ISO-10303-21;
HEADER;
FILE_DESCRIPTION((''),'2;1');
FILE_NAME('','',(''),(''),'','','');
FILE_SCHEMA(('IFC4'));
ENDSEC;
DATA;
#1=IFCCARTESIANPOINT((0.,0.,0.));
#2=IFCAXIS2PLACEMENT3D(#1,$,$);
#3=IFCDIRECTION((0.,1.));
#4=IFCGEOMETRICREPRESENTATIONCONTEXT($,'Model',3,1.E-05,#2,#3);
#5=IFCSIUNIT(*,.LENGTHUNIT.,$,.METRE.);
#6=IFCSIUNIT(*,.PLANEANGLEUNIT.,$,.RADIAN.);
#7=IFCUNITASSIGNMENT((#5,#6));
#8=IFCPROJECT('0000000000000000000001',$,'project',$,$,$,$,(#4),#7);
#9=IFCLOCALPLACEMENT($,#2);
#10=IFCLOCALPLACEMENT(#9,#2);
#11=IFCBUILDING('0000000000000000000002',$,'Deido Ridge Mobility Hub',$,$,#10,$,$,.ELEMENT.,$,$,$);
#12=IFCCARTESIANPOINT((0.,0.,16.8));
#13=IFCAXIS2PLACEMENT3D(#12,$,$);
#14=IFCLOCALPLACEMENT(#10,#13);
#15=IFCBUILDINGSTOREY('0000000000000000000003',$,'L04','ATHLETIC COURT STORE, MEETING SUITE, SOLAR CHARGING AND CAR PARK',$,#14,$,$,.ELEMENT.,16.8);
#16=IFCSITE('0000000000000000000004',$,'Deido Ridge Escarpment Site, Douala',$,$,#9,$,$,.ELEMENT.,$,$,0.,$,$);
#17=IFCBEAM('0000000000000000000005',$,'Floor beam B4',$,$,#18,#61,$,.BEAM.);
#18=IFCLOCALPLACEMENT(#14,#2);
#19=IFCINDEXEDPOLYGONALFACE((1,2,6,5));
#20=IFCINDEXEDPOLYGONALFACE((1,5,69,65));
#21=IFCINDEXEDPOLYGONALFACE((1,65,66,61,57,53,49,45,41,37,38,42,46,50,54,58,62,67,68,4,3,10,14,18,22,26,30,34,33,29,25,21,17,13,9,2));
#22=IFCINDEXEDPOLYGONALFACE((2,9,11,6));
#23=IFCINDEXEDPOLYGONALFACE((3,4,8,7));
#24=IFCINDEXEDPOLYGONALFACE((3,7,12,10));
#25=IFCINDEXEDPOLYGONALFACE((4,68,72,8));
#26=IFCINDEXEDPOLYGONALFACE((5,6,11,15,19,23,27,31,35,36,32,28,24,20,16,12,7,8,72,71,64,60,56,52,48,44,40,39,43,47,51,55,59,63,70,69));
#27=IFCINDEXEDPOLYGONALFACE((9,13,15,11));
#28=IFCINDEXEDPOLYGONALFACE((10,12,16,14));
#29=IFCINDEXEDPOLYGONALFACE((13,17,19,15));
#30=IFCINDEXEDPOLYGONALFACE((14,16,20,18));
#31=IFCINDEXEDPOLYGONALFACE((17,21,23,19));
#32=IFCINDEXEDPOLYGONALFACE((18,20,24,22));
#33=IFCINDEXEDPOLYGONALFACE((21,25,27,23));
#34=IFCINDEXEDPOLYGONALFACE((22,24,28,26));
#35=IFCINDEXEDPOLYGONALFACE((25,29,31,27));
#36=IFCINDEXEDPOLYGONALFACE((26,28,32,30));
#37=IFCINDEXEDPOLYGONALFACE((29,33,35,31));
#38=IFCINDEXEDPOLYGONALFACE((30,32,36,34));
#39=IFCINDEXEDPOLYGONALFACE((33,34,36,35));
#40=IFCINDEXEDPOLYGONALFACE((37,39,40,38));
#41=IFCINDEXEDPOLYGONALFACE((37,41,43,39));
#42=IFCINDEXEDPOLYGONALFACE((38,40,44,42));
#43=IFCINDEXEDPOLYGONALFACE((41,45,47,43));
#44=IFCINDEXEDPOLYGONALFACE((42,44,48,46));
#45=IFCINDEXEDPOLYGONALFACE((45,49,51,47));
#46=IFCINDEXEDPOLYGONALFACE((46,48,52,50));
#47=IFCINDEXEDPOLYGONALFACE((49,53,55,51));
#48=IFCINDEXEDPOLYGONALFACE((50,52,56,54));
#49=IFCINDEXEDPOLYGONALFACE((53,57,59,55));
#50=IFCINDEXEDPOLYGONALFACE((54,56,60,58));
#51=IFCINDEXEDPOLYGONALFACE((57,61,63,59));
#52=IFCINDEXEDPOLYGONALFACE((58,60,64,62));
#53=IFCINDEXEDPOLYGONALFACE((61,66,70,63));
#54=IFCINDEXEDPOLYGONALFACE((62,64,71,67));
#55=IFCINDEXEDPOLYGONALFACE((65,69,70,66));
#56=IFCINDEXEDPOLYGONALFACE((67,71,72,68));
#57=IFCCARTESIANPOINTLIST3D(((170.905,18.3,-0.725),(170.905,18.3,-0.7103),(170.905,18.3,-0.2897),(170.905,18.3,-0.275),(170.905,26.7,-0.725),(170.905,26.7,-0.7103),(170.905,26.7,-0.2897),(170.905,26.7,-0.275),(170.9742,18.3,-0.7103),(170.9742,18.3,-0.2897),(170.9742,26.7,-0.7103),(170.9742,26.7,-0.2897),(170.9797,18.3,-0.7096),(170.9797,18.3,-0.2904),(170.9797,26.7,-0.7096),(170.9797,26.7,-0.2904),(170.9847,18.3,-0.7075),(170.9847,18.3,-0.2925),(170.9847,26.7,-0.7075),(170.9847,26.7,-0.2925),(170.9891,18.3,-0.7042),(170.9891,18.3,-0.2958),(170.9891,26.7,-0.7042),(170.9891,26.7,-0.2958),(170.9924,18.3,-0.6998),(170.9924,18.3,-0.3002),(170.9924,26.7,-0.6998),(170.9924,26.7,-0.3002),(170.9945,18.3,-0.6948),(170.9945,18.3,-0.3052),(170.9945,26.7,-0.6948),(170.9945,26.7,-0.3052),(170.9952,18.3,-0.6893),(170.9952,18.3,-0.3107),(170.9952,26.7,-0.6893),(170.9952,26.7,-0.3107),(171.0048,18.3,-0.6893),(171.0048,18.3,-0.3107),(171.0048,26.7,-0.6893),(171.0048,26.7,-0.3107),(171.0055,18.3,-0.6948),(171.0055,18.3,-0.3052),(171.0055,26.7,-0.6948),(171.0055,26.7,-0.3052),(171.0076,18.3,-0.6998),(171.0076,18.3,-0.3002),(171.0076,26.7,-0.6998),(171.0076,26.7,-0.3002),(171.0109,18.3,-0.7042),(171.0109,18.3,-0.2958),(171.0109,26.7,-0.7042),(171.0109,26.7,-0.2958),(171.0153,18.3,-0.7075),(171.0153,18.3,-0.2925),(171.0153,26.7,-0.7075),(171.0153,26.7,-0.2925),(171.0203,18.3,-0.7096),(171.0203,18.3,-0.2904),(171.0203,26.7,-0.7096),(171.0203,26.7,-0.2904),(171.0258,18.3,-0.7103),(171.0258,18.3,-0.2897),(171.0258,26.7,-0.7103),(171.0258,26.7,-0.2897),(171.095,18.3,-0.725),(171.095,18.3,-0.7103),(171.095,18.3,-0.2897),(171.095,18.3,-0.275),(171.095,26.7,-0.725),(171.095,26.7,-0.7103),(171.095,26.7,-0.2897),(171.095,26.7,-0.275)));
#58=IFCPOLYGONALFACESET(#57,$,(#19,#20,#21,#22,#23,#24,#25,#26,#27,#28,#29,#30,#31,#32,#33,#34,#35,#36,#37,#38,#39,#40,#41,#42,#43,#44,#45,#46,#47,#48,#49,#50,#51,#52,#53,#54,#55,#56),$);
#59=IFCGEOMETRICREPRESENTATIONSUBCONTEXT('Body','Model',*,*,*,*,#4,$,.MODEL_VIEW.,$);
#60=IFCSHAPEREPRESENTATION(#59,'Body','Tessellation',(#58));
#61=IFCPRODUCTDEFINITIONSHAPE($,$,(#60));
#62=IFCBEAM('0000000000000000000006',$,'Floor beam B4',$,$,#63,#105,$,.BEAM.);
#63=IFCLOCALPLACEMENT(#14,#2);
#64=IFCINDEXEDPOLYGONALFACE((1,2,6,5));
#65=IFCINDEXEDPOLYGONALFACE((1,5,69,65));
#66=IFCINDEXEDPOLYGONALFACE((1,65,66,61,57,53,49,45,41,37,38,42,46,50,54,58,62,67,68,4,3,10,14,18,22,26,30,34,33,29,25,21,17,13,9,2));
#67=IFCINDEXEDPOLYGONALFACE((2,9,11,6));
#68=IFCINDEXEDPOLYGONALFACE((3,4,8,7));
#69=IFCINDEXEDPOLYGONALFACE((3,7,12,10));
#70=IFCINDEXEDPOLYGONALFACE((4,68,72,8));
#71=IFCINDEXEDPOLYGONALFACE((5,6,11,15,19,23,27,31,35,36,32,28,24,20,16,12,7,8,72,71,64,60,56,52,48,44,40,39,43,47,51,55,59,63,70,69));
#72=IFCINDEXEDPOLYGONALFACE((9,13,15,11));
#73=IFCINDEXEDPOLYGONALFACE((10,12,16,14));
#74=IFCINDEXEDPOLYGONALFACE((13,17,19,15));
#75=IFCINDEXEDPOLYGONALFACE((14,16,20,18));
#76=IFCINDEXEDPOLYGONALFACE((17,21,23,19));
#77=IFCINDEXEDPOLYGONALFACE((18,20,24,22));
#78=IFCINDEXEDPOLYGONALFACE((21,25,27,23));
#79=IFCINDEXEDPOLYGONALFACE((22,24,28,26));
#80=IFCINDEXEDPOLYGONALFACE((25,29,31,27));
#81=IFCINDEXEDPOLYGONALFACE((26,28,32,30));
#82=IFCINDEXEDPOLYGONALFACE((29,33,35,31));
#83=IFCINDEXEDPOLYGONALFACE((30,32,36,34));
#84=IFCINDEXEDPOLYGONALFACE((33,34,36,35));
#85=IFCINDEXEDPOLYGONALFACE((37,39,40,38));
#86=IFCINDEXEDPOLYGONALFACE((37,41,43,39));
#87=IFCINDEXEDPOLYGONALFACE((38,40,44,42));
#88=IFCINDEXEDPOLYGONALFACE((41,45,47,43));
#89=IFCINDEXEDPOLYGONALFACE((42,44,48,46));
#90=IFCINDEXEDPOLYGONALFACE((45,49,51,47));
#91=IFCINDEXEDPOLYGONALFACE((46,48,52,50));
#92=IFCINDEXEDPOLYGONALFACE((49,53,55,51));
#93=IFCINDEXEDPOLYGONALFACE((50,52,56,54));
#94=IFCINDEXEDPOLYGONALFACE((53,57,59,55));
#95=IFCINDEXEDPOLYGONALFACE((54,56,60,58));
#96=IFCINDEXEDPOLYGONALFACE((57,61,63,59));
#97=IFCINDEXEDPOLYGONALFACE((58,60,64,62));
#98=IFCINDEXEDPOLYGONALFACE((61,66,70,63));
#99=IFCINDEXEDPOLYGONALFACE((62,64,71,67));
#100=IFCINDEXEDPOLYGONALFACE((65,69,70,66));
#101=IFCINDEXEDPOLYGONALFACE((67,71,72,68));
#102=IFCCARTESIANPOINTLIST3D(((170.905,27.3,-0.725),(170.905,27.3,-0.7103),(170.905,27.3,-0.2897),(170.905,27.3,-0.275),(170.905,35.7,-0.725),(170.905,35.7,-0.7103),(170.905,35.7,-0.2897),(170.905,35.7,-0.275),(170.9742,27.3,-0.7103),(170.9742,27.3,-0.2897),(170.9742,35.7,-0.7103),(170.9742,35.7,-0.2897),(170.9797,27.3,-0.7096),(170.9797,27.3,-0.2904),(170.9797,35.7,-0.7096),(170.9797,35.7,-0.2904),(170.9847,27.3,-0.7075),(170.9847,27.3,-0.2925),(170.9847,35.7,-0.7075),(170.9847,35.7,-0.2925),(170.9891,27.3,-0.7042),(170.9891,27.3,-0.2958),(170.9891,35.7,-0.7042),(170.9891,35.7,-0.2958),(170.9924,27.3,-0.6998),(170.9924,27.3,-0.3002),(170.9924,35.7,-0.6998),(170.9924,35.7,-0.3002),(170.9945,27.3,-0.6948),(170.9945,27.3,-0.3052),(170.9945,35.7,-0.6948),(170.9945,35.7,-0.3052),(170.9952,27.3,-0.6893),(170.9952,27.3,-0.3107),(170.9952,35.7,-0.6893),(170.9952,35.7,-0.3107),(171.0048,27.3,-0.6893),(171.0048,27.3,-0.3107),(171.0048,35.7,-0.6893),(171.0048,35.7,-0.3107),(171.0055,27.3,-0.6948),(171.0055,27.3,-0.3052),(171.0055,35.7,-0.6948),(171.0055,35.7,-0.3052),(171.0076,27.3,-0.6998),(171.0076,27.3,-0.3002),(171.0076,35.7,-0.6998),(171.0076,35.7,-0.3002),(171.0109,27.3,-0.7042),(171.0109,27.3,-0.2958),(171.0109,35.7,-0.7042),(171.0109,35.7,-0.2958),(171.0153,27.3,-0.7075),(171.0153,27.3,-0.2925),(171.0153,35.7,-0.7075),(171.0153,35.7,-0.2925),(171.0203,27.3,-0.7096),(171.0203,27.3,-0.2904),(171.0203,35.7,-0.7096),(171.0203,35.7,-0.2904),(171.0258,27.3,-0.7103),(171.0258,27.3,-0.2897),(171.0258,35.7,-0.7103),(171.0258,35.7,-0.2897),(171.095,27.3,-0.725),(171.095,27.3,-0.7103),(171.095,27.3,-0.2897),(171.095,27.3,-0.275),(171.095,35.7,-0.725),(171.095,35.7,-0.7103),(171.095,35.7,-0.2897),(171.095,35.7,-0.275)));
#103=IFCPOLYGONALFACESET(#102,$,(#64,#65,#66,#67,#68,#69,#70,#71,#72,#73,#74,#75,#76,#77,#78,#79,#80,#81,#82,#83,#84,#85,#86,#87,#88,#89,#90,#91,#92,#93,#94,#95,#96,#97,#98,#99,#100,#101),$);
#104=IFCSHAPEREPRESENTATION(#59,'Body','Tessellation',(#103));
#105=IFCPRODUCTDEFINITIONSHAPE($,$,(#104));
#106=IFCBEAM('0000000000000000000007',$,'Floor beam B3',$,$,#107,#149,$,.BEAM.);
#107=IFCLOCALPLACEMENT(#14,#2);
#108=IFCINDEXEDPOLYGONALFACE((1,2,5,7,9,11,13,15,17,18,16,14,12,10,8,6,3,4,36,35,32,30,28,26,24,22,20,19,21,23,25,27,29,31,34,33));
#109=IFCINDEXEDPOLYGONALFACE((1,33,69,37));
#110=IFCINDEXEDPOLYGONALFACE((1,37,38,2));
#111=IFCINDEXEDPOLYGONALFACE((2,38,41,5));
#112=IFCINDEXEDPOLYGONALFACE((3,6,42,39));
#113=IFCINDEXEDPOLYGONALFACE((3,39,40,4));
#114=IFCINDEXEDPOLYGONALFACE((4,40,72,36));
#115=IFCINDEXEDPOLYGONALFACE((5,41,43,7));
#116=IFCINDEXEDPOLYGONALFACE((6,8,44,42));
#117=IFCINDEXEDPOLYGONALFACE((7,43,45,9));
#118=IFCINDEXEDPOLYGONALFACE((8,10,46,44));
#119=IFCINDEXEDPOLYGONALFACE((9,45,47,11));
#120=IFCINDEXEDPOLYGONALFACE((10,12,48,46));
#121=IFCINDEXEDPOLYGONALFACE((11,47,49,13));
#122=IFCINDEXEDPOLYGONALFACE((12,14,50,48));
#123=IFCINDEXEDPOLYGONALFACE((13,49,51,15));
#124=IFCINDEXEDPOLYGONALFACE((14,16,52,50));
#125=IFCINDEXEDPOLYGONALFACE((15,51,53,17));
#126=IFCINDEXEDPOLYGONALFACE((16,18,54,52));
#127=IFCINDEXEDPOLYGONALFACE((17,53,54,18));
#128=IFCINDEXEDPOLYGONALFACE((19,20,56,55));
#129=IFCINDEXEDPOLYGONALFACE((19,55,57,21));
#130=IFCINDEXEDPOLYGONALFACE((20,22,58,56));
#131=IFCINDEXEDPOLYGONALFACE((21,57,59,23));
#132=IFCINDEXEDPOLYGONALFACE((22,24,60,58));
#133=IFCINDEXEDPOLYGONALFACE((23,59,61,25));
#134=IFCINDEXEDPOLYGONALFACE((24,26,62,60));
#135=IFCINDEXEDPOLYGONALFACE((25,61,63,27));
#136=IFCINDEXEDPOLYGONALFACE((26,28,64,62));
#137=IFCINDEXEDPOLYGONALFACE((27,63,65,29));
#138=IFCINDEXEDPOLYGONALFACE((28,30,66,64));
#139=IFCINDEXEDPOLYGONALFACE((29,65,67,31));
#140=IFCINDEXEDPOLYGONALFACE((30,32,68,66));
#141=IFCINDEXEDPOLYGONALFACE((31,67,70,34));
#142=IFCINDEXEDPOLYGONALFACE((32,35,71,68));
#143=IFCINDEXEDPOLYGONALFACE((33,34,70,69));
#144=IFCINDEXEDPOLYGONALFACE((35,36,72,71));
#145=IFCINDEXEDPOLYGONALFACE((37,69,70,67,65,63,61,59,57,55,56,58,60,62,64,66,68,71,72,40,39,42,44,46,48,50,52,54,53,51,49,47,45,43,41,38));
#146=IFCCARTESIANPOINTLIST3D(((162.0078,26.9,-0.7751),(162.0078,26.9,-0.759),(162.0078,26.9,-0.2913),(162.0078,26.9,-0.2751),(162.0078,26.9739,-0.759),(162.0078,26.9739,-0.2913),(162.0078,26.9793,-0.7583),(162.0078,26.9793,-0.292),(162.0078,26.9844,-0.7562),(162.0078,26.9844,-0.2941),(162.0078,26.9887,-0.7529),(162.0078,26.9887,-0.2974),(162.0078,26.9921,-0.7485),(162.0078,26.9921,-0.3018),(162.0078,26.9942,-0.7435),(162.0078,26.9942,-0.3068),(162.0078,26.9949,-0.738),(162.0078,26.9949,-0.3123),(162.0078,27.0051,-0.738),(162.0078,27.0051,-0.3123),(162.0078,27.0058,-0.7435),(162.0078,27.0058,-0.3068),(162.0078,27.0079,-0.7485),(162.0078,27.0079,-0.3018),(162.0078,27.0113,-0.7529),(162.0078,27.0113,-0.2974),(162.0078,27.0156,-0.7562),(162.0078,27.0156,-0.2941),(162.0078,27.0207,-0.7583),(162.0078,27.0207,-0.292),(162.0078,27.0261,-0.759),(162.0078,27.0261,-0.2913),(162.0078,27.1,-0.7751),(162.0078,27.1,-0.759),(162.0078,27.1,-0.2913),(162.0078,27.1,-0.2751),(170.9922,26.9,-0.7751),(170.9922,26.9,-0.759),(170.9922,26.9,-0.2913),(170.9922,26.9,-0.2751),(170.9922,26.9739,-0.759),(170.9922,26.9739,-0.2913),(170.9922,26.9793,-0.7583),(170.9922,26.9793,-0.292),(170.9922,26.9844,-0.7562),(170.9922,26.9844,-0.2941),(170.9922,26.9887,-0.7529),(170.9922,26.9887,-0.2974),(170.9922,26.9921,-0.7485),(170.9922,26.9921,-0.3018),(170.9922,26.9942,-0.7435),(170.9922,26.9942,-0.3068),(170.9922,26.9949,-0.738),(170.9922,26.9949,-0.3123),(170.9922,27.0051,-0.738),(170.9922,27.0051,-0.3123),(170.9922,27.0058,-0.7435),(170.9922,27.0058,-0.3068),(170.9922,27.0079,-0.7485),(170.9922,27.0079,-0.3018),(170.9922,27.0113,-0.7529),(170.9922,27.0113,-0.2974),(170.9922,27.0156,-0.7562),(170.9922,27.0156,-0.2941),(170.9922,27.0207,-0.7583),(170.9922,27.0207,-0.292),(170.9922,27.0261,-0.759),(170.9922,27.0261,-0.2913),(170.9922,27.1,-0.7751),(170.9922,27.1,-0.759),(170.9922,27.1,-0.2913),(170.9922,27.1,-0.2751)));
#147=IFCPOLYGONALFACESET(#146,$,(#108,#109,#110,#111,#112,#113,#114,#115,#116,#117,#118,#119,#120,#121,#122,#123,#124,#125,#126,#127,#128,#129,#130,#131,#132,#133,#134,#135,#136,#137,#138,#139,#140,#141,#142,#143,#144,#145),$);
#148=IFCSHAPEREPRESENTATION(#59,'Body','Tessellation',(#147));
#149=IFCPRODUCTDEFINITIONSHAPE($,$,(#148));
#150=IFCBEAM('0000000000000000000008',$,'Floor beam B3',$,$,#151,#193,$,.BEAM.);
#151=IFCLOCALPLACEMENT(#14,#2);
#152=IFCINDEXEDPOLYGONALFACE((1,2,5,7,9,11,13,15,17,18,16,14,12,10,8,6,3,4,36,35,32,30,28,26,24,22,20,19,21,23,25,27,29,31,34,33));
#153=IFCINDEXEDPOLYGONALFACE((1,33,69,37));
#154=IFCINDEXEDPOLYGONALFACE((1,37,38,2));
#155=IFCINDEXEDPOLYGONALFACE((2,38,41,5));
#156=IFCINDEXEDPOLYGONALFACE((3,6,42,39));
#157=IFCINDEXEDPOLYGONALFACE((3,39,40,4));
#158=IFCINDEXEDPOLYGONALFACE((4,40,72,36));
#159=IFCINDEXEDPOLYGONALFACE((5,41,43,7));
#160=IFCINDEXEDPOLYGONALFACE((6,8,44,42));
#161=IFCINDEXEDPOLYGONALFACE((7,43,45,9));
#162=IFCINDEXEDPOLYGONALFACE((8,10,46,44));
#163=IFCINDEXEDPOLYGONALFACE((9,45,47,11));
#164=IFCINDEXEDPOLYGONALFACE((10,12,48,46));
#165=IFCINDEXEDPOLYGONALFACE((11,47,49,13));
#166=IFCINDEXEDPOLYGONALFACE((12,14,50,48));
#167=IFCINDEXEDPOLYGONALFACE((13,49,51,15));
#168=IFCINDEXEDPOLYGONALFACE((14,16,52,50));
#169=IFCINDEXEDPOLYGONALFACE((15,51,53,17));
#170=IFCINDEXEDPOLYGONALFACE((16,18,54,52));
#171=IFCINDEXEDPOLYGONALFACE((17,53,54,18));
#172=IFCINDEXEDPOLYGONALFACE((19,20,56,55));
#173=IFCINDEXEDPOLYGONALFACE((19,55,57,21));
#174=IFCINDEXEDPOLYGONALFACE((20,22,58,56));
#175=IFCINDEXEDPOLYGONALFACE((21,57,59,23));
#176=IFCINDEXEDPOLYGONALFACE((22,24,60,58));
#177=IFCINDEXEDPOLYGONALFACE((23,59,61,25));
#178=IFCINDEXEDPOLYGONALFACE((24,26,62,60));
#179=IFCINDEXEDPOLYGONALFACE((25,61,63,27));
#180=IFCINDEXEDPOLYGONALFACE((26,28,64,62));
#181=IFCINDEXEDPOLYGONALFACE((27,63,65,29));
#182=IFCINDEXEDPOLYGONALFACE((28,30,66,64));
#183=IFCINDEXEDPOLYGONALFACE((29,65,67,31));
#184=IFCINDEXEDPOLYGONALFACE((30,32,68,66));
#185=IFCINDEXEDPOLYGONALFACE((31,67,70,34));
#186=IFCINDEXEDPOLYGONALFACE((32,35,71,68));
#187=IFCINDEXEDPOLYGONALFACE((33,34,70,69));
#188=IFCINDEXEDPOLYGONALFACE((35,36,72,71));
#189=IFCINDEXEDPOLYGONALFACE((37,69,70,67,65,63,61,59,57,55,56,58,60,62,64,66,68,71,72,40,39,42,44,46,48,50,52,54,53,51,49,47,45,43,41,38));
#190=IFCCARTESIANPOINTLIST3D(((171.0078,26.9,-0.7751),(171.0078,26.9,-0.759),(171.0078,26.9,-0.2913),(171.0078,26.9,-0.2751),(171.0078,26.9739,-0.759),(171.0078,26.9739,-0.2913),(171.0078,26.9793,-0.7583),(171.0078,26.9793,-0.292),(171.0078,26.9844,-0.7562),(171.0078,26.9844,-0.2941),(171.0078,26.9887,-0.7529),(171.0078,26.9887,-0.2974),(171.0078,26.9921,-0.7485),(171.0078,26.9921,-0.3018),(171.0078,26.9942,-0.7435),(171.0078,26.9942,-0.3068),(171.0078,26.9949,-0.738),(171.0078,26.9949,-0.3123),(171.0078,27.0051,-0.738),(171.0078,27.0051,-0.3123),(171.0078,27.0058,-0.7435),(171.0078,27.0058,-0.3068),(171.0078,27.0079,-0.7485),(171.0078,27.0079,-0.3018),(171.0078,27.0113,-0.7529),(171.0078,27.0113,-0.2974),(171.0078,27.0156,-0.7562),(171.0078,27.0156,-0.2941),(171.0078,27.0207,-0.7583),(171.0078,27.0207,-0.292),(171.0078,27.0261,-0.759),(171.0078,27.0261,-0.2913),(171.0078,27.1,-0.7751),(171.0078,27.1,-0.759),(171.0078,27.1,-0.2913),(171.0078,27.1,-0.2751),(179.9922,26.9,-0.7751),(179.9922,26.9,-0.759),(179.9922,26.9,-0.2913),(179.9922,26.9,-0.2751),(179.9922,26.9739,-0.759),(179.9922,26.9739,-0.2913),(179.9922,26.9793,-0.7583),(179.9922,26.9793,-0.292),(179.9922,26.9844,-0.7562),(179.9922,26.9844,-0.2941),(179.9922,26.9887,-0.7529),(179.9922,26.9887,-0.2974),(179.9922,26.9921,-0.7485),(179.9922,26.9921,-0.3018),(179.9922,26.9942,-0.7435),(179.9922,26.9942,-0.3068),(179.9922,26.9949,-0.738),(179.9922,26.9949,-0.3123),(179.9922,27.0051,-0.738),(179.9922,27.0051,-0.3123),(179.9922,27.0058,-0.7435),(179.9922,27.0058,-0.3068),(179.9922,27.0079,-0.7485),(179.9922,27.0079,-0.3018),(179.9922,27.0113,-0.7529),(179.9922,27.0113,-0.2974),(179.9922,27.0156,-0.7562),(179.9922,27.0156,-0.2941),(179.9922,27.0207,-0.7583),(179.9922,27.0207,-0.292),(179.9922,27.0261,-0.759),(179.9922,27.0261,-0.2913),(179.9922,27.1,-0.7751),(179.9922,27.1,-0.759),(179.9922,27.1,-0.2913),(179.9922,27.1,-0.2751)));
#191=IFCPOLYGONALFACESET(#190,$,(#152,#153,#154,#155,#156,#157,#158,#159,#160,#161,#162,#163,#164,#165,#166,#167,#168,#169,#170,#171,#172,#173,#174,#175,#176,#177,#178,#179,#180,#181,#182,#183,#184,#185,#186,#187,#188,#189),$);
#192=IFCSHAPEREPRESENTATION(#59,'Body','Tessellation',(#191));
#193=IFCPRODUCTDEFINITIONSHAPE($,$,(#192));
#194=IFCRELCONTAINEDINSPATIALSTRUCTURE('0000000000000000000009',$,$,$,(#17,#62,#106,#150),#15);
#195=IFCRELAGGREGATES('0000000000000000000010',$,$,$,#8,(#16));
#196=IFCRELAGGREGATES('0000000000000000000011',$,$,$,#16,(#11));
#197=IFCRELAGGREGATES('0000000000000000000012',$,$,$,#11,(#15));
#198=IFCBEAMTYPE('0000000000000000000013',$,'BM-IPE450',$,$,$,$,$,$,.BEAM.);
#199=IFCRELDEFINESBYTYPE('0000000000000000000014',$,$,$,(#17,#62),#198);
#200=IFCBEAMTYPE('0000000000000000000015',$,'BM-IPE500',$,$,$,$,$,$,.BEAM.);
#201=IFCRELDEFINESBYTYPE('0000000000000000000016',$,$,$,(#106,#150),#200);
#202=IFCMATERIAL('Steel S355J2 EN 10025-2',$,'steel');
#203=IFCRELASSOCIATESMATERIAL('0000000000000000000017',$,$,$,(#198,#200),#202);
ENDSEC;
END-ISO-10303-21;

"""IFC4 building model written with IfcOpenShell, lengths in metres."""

from ifc_helpers import new_model, si_unit, direction, frame, origin, origin_2d, place, context, subcontext, project, spatial, i_section, extrude, material, material_profile, profile_set, type_object, element, save


model = new_model("IFC4")

# Units and contexts
model_context = context("Model", 3, precision=1e-05, world=origin(), true_north=direction((0.0, 1.0)))
body_context = subcontext(model_context, "Body", "Model", "MODEL_VIEW")
ifc_project = project(units=[si_unit("LENGTHUNIT", "METRE"), si_unit("PLANEANGLEUNIT", "RADIAN")], contexts=[model_context])

# Site, building, storey
site_placement = place(None, origin())
site = spatial("IfcSite", under=ifc_project, at=site_placement, Name="Deido Ridge Escarpment Site, Douala", CompositionType="ELEMENT", RefElevation=0.0)
building_placement = place(site_placement, origin())
building = spatial("IfcBuilding", under=site, at=building_placement, Name="Deido Ridge Mobility Hub", CompositionType="ELEMENT")
storey_placement = place(building_placement, frame((0.0, 0.0, 16.8)))
storey = spatial("IfcBuildingStorey", under=building, at=storey_placement, Name="L04", Description="ATHLETIC COURT STORE, MEETING SUITE, SOLAR CHARGING AND CAR PARK", CompositionType="ELEMENT", Elevation=16.8)

# Shared definitions
ifc_material_1 = material(Name="Steel S355J2 EN 10025-2", Category="steel")

# Beams
ifc_material_profile_1 = material_profile(ifc_material_1, i_section(OverallWidth=0.1899, OverallDepth=0.45, WebThickness=0.0095, FlangeThickness=0.0146, FilletRadius=0.021, at=origin_2d()), Name="IPE 450")
ifc_profile_set_1 = profile_set([ifc_material_profile_1], Name="Steel S355J2 EN 10025-2")
beam_type_1 = type_object("IfcBeamType", Name="BM-IPE450", PredefinedType="BEAM", material=ifc_profile_set_1)
for number, where, z_axis, x_axis, name in (
    (1, (171.0, 18.3, -0.5), (0.0, 1.0, 0.0), (-1.0, 0.0, 0.0), "Floor beam B4"),
    (2, (171.0, 27.3, -0.5), (0.0, 1.0, 0.0), (-1.0, 0.0, 0.0), "Floor beam B4"),
):
    element("IfcBeam", number, at=place(storey_placement, frame(where, z_axis=z_axis, x_axis=x_axis)), inside=storey, type_object=beam_type_1, Name=name, PredefinedType="BEAM", context=body_context, shape_type="SweptSolid", body=[
        extrude(i_section(OverallWidth=0.1899, OverallDepth=0.45, WebThickness=0.0095, FlangeThickness=0.0146, FilletRadius=0.021, at=origin_2d()), origin(), (0.0, 0.0, 1.0), 8.3999),
    ])
ifc_material_profile_2 = material_profile(ifc_material_1, i_section(OverallWidth=0.2, OverallDepth=0.5, WebThickness=0.0103, FlangeThickness=0.0161, FilletRadius=0.021, at=origin_2d()), Name="IPE 500")
ifc_profile_set_2 = profile_set([ifc_material_profile_2], Name="Steel S355J2 EN 10025-2")
beam_type_2 = type_object("IfcBeamType", Name="BM-IPE500", PredefinedType="BEAM", material=ifc_profile_set_2)
for number, where, z_axis, x_axis, name in (
    (3, (162.0078, 27.0, -0.5251), (1.0, 0.0, 0.0), (0.0, 1.0, 0.0), "Floor beam B3"),
    (4, (171.0078, 27.0, -0.5251), (1.0, 0.0, 0.0), (0.0, 1.0, 0.0), "Floor beam B3"),
):
    element("IfcBeam", number, at=place(storey_placement, frame(where, z_axis=z_axis, x_axis=x_axis)), inside=storey, type_object=beam_type_2, Name=name, PredefinedType="BEAM", context=body_context, shape_type="SweptSolid", body=[
        extrude(i_section(OverallWidth=0.2, OverallDepth=0.5, WebThickness=0.0103, FlangeThickness=0.0161, FilletRadius=0.021, at=origin_2d()), origin(), (0.0, 0.0, 1.0), 8.9844),
    ])

save(model, "model.ifc")
